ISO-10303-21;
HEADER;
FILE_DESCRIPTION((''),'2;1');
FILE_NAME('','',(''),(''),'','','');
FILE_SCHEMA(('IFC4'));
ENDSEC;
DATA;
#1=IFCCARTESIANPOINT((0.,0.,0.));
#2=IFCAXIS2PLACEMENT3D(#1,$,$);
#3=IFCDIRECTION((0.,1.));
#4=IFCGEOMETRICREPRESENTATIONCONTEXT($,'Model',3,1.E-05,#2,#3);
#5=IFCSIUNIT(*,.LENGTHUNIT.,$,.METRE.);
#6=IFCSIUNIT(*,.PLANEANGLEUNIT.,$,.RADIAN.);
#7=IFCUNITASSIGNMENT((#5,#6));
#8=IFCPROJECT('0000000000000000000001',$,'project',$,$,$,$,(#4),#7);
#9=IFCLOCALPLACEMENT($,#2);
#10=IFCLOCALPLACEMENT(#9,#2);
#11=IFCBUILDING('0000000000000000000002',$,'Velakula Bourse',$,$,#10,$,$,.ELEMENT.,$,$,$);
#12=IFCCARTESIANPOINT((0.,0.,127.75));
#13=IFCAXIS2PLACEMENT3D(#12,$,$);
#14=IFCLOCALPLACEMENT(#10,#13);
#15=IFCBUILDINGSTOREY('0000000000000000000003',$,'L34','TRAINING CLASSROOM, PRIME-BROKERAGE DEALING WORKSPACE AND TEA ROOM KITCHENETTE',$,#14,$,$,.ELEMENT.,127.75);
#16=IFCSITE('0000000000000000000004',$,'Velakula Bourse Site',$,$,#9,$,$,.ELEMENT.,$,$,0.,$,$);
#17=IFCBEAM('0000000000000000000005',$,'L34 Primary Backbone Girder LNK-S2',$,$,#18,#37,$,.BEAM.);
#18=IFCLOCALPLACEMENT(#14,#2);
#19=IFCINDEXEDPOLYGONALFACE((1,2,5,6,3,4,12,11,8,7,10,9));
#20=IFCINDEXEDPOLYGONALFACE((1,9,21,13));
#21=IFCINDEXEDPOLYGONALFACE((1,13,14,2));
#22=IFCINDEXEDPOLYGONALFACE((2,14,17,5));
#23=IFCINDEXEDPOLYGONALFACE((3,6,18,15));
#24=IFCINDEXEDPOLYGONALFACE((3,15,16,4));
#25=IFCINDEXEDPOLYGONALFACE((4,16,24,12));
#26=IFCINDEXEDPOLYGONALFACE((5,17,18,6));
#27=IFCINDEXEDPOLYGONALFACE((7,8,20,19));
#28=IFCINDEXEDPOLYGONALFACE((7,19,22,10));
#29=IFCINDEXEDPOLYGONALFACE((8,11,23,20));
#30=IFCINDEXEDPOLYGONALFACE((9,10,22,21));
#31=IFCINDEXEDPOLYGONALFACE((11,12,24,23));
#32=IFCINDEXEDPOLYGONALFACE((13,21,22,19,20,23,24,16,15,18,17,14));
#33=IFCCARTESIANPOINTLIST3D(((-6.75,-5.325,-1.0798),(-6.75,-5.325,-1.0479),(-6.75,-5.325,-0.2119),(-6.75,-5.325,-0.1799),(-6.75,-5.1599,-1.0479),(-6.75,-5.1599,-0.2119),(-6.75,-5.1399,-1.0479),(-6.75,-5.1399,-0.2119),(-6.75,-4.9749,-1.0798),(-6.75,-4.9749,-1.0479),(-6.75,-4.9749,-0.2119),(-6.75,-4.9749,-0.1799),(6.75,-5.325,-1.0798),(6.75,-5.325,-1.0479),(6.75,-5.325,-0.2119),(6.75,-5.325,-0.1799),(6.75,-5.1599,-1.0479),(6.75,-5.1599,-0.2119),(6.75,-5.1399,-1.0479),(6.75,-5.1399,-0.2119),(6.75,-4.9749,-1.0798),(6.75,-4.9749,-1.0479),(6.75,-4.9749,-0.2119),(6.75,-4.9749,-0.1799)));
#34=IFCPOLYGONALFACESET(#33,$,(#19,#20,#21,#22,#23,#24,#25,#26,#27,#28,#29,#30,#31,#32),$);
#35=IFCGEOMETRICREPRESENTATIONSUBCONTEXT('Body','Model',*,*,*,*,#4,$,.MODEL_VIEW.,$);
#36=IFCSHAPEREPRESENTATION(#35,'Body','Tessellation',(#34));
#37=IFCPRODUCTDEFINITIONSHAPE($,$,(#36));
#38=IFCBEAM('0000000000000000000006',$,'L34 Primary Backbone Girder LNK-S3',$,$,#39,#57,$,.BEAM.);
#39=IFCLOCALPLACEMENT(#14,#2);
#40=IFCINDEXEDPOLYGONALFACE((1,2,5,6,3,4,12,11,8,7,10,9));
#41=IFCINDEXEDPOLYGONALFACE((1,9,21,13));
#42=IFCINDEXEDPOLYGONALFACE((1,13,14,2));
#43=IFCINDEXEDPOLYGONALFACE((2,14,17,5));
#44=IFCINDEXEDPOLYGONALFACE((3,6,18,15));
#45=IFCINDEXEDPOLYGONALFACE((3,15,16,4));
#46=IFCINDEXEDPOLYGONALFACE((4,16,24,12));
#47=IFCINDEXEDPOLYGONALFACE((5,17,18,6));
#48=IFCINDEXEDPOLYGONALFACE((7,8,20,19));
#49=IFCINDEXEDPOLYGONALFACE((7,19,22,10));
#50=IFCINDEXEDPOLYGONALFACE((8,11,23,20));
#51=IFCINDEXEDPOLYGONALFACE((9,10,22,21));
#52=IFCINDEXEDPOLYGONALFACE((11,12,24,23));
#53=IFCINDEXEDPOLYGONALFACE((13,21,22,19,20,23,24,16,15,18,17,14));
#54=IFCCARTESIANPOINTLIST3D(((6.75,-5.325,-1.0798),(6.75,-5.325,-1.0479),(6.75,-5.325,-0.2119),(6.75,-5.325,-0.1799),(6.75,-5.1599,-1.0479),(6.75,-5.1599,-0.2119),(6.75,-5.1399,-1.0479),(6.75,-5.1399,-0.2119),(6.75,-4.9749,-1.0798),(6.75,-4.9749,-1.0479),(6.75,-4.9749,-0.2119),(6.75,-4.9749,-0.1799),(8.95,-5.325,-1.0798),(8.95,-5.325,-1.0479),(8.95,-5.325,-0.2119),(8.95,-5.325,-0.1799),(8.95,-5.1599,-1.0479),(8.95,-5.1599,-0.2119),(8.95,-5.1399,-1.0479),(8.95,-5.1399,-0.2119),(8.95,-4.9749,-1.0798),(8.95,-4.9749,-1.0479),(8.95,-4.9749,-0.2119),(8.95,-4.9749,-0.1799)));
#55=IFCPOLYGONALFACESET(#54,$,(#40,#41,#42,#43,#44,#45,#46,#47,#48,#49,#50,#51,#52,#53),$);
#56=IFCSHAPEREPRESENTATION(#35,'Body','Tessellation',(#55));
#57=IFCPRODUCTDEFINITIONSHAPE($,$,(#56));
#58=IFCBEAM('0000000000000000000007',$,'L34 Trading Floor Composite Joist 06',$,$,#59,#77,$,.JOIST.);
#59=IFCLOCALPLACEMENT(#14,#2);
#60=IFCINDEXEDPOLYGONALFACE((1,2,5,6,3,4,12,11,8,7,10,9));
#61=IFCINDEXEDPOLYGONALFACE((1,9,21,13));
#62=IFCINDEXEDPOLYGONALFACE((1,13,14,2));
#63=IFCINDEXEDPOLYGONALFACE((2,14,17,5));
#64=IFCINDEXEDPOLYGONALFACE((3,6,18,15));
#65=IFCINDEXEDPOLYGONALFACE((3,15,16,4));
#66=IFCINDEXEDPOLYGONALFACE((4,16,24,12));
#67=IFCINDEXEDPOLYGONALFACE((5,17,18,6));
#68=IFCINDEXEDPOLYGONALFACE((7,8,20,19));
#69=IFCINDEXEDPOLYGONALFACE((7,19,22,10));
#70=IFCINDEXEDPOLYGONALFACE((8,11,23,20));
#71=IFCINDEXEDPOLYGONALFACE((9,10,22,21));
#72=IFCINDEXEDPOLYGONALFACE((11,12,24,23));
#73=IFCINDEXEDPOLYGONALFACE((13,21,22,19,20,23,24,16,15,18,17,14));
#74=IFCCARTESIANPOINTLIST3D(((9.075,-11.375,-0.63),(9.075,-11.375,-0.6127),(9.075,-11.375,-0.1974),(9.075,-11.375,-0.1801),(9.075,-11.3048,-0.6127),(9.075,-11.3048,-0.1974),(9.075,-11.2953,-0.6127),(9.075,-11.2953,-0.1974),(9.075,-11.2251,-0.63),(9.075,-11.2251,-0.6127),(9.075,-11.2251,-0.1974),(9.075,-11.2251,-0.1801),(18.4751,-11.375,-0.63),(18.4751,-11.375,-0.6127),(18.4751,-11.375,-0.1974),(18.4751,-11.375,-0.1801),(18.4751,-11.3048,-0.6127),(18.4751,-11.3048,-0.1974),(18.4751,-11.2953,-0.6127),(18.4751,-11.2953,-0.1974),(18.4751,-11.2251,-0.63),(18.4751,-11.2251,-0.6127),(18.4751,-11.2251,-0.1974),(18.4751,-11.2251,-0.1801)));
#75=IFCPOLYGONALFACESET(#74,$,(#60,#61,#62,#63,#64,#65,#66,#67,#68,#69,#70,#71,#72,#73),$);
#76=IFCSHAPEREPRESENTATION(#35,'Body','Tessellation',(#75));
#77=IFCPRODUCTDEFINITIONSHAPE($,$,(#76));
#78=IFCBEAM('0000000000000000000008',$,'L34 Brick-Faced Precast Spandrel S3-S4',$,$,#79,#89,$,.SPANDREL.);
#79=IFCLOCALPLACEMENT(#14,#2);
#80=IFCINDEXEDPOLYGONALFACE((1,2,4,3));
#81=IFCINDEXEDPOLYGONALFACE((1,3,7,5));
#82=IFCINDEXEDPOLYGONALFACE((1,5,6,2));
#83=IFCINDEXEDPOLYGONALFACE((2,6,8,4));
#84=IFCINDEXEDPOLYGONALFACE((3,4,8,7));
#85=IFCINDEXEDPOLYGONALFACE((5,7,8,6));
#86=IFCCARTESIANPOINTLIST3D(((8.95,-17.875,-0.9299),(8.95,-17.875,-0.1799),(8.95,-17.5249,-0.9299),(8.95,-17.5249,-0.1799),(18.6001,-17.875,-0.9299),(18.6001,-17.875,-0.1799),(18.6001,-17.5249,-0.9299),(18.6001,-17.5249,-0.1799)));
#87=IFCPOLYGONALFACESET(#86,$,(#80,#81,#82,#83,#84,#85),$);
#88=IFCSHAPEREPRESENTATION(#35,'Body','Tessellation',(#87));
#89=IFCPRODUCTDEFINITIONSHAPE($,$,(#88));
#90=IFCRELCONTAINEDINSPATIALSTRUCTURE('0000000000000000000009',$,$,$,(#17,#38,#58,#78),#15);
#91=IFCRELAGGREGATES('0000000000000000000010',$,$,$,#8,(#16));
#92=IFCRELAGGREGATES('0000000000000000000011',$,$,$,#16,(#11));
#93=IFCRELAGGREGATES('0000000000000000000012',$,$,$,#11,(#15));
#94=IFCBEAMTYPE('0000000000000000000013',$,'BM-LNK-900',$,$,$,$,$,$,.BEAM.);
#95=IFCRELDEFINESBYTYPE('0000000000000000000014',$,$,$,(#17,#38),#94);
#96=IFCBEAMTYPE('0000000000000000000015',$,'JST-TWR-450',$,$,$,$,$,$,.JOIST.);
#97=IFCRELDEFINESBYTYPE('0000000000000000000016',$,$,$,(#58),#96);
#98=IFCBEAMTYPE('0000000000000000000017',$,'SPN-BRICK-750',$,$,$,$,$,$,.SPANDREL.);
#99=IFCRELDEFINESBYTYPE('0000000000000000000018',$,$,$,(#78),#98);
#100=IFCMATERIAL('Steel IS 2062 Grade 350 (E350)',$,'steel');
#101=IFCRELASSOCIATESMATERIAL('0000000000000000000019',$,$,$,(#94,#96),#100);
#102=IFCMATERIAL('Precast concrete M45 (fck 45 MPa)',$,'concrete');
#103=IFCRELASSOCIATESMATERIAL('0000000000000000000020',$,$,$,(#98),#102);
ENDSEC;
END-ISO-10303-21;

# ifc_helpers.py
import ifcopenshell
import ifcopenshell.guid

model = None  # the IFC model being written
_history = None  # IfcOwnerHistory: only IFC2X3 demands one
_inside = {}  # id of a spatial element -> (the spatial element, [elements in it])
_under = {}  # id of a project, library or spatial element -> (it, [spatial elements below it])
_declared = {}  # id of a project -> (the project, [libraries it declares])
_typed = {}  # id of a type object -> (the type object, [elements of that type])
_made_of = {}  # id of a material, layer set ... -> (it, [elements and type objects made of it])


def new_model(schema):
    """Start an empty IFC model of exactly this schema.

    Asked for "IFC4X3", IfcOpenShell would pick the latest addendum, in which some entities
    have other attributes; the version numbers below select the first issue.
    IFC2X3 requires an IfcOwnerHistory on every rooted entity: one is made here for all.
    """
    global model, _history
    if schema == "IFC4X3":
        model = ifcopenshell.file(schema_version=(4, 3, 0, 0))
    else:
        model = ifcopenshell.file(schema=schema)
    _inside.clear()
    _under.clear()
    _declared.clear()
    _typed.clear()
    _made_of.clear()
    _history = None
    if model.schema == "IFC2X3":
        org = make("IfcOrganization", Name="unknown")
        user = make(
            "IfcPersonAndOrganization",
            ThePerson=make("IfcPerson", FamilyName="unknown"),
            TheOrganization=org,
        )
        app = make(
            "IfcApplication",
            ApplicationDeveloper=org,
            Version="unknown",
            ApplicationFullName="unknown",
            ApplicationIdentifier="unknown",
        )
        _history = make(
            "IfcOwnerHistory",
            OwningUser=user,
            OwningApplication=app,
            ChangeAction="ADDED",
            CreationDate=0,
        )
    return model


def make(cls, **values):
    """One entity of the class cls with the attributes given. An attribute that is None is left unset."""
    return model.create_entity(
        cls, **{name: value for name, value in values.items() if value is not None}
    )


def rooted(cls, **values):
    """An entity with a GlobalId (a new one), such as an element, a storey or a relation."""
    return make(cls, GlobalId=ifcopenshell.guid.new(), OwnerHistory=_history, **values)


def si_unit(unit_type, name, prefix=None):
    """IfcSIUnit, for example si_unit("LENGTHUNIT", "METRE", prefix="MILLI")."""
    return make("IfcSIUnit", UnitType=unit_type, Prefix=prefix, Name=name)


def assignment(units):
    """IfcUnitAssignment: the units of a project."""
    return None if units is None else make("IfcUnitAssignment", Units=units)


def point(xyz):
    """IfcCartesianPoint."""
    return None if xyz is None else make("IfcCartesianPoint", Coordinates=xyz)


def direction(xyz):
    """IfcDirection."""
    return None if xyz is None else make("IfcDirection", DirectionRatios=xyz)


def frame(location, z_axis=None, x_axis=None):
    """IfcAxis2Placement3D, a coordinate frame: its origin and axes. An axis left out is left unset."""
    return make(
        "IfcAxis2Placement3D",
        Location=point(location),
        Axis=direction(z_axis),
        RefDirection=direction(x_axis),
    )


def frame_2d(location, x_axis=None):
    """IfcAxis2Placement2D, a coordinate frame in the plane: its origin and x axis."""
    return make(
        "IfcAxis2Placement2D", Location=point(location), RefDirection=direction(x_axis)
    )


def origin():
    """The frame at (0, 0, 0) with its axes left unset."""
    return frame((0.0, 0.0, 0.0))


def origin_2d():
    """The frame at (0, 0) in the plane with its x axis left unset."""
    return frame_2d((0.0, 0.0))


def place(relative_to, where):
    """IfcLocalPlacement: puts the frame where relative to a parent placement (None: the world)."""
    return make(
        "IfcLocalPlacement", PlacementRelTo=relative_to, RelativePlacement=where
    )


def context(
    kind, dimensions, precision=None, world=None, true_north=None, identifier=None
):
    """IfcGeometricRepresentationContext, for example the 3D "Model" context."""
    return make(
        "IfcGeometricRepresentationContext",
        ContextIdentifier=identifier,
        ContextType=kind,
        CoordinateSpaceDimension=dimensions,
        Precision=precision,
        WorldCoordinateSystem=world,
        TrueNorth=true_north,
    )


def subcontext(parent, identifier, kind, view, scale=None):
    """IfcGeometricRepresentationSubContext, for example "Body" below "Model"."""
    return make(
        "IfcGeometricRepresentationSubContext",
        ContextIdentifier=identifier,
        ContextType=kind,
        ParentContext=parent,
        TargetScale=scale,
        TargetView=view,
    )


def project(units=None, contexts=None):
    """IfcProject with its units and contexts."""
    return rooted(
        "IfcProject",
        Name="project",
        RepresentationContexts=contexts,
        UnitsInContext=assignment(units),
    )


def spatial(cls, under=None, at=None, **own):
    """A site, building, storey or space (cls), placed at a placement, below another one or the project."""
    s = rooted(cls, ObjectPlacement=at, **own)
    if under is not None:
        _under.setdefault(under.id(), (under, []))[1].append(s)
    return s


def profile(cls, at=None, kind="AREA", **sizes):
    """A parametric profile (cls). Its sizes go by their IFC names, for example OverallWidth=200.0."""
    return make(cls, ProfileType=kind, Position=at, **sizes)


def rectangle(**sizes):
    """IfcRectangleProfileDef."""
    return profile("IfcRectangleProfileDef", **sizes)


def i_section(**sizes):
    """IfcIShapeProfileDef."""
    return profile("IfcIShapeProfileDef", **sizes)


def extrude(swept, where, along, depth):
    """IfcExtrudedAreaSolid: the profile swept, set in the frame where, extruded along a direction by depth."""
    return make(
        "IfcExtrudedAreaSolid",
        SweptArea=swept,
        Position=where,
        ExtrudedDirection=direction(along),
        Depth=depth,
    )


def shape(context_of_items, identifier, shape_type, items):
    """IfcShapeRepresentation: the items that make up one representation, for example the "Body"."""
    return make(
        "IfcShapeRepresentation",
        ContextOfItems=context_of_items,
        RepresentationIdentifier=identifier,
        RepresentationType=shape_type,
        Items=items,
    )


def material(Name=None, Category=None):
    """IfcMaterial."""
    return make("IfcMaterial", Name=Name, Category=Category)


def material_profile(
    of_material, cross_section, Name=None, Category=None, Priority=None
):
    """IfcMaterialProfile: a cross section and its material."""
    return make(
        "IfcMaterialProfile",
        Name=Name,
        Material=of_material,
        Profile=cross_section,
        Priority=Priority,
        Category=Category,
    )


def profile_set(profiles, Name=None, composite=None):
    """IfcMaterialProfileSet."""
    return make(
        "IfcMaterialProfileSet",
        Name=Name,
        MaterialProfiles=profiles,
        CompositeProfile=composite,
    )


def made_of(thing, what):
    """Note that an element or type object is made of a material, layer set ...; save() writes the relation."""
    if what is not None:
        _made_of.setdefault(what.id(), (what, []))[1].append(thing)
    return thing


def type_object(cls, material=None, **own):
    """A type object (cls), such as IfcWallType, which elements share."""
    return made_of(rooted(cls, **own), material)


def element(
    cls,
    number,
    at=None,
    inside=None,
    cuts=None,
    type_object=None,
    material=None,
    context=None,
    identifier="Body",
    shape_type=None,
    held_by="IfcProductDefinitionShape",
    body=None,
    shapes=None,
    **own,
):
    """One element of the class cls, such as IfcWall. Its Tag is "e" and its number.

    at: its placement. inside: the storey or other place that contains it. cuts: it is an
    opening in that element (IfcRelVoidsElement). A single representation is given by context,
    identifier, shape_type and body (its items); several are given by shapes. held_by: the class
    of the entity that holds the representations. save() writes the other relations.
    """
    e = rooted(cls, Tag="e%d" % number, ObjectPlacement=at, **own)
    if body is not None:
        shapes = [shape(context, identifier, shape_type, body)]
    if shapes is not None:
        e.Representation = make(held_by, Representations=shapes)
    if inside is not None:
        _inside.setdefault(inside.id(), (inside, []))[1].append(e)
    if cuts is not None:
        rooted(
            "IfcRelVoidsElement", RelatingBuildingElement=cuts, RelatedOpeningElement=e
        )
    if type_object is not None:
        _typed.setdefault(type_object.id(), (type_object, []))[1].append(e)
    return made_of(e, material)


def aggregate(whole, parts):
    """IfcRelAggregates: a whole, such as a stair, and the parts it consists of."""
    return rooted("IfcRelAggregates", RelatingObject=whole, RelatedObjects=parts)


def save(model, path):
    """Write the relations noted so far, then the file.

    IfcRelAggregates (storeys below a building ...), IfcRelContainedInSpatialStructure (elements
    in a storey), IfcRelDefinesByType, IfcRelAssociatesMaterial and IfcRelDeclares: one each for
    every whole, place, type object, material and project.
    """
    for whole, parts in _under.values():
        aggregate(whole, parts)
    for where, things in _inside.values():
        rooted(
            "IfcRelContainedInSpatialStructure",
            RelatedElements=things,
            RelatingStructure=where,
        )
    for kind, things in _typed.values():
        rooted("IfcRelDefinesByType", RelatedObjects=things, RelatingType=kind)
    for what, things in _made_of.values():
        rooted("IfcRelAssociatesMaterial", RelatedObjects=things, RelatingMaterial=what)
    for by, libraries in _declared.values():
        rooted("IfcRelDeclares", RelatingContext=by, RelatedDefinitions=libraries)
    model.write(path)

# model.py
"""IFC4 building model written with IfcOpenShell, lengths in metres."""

from ifc_helpers import new_model, si_unit, direction, frame, origin, origin_2d, place, context, subcontext, project, spatial, rectangle, i_section, extrude, material, material_profile, profile_set, type_object, element, save


model = new_model("IFC4")

# Units and contexts
model_context = context("Model", 3, precision=1e-05, world=origin(), true_north=direction((0.0, 1.0)))
body_context = subcontext(model_context, "Body", "Model", "MODEL_VIEW")
ifc_project = project(units=[si_unit("LENGTHUNIT", "METRE"), si_unit("PLANEANGLEUNIT", "RADIAN")], contexts=[model_context])

# Site, building, storey
site_placement = place(None, origin())
site = spatial("IfcSite", under=ifc_project, at=site_placement, Name="Velakula Bourse Site", CompositionType="ELEMENT", RefElevation=0.0)
building_placement = place(site_placement, origin())
building = spatial("IfcBuilding", under=site, at=building_placement, Name="Velakula Bourse", CompositionType="ELEMENT")
storey_placement = place(building_placement, frame((0.0, 0.0, 127.75)))
storey = spatial("IfcBuildingStorey", under=building, at=storey_placement, Name="L34", Description="TRAINING CLASSROOM, PRIME-BROKERAGE DEALING WORKSPACE AND TEA ROOM KITCHENETTE", CompositionType="ELEMENT", Elevation=127.75)

# Shared definitions
ifc_material_1 = material(Name="Steel IS 2062 Grade 350 (E350)", Category="steel")

# Beams
ifc_material_profile_1 = material_profile(ifc_material_1, i_section(OverallWidth=0.3501, OverallDepth=0.8999, WebThickness=0.02, FlangeThickness=0.032, at=origin_2d()), Name="Steel IS 2062 Grade 350 (E350)")
ifc_profile_set_1 = profile_set([ifc_material_profile_1], Name="Steel IS 2062 Grade 350 (E350)")
beam_type_1 = type_object("IfcBeamType", Name="BM-LNK-900", PredefinedType="BEAM", material=ifc_profile_set_1)
beam_1_placement = place(storey_placement, frame((-6.75, -5.1499, -0.6299), z_axis=(1.0, 0.0, 0.0), x_axis=(0.0, 1.0, 0.0)))
element("IfcBeam", 1, at=beam_1_placement, inside=storey, type_object=beam_type_1, Name="L34 Primary Backbone Girder LNK-S2", PredefinedType="BEAM", context=body_context, shape_type="SweptSolid", body=[
    extrude(i_section(OverallWidth=0.3501, OverallDepth=0.8999, WebThickness=0.02, FlangeThickness=0.032, at=origin_2d()), origin(), (0.0, 0.0, 1.0), 13.5),
])
beam_2_placement = place(storey_placement, frame((6.75, -5.1499, -0.6299), z_axis=(1.0, 0.0, 0.0), x_axis=(0.0, 1.0, 0.0)))
element("IfcBeam", 2, at=beam_2_placement, inside=storey, type_object=beam_type_1, Name="L34 Primary Backbone Girder LNK-S3", PredefinedType="BEAM", context=body_context, shape_type="SweptSolid", body=[
    extrude(i_section(OverallWidth=0.3501, OverallDepth=0.8999, WebThickness=0.02, FlangeThickness=0.032, at=origin_2d()), origin(), (0.0, 0.0, 1.0), 2.2),
])
ifc_material_profile_2 = material_profile(ifc_material_1, i_section(OverallWidth=0.1499, OverallDepth=0.45, WebThickness=0.0095, FlangeThickness=0.0173, at=origin_2d()), Name="Steel IS 2062 Grade 350 (E350)")
ifc_profile_set_2 = profile_set([ifc_material_profile_2], Name="Steel IS 2062 Grade 350 (E350)")
beam_type_2 = type_object("IfcBeamType", Name="JST-TWR-450", PredefinedType="JOIST", material=ifc_profile_set_2)
beam_3_placement = place(storey_placement, frame((9.075, -11.3, -0.405), z_axis=(1.0, 0.0, 0.0), x_axis=(0.0, 1.0, 0.0)))
element("IfcBeam", 3, at=beam_3_placement, inside=storey, type_object=beam_type_2, Name="L34 Trading Floor Composite Joist 06", PredefinedType="JOIST", context=body_context, shape_type="SweptSolid", body=[
    extrude(i_section(OverallWidth=0.1499, OverallDepth=0.45, WebThickness=0.0095, FlangeThickness=0.0173, at=origin_2d()), origin(), (0.0, 0.0, 1.0), 9.4001),
])
ifc_material_2 = material(Name="Precast concrete M45 (fck 45 MPa)", Category="concrete")
ifc_material_profile_3 = material_profile(ifc_material_2, rectangle(XDim=0.3501, YDim=0.75, at=origin_2d()), Name="Precast concrete M45 (fck 45 MPa)")
ifc_profile_set_3 = profile_set([ifc_material_profile_3], Name="Precast concrete M45 (fck 45 MPa)")
beam_type_3 = type_object("IfcBeamType", Name="SPN-BRICK-750", PredefinedType="SPANDREL", material=ifc_profile_set_3)
beam_4_placement = place(storey_placement, frame((8.95, -17.7, -0.5549), z_axis=(1.0, 0.0, 0.0), x_axis=(0.0, 1.0, 0.0)))
element("IfcBeam", 4, at=beam_4_placement, inside=storey, type_object=beam_type_3, Name="L34 Brick-Faced Precast Spandrel S3-S4", PredefinedType="SPANDREL", context=body_context, shape_type="SweptSolid", body=[
    extrude(rectangle(XDim=0.3501, YDim=0.75, at=origin_2d()), origin(), (0.0, 0.0, 1.0), 9.6501),
])

save(model, "model.ifc")
